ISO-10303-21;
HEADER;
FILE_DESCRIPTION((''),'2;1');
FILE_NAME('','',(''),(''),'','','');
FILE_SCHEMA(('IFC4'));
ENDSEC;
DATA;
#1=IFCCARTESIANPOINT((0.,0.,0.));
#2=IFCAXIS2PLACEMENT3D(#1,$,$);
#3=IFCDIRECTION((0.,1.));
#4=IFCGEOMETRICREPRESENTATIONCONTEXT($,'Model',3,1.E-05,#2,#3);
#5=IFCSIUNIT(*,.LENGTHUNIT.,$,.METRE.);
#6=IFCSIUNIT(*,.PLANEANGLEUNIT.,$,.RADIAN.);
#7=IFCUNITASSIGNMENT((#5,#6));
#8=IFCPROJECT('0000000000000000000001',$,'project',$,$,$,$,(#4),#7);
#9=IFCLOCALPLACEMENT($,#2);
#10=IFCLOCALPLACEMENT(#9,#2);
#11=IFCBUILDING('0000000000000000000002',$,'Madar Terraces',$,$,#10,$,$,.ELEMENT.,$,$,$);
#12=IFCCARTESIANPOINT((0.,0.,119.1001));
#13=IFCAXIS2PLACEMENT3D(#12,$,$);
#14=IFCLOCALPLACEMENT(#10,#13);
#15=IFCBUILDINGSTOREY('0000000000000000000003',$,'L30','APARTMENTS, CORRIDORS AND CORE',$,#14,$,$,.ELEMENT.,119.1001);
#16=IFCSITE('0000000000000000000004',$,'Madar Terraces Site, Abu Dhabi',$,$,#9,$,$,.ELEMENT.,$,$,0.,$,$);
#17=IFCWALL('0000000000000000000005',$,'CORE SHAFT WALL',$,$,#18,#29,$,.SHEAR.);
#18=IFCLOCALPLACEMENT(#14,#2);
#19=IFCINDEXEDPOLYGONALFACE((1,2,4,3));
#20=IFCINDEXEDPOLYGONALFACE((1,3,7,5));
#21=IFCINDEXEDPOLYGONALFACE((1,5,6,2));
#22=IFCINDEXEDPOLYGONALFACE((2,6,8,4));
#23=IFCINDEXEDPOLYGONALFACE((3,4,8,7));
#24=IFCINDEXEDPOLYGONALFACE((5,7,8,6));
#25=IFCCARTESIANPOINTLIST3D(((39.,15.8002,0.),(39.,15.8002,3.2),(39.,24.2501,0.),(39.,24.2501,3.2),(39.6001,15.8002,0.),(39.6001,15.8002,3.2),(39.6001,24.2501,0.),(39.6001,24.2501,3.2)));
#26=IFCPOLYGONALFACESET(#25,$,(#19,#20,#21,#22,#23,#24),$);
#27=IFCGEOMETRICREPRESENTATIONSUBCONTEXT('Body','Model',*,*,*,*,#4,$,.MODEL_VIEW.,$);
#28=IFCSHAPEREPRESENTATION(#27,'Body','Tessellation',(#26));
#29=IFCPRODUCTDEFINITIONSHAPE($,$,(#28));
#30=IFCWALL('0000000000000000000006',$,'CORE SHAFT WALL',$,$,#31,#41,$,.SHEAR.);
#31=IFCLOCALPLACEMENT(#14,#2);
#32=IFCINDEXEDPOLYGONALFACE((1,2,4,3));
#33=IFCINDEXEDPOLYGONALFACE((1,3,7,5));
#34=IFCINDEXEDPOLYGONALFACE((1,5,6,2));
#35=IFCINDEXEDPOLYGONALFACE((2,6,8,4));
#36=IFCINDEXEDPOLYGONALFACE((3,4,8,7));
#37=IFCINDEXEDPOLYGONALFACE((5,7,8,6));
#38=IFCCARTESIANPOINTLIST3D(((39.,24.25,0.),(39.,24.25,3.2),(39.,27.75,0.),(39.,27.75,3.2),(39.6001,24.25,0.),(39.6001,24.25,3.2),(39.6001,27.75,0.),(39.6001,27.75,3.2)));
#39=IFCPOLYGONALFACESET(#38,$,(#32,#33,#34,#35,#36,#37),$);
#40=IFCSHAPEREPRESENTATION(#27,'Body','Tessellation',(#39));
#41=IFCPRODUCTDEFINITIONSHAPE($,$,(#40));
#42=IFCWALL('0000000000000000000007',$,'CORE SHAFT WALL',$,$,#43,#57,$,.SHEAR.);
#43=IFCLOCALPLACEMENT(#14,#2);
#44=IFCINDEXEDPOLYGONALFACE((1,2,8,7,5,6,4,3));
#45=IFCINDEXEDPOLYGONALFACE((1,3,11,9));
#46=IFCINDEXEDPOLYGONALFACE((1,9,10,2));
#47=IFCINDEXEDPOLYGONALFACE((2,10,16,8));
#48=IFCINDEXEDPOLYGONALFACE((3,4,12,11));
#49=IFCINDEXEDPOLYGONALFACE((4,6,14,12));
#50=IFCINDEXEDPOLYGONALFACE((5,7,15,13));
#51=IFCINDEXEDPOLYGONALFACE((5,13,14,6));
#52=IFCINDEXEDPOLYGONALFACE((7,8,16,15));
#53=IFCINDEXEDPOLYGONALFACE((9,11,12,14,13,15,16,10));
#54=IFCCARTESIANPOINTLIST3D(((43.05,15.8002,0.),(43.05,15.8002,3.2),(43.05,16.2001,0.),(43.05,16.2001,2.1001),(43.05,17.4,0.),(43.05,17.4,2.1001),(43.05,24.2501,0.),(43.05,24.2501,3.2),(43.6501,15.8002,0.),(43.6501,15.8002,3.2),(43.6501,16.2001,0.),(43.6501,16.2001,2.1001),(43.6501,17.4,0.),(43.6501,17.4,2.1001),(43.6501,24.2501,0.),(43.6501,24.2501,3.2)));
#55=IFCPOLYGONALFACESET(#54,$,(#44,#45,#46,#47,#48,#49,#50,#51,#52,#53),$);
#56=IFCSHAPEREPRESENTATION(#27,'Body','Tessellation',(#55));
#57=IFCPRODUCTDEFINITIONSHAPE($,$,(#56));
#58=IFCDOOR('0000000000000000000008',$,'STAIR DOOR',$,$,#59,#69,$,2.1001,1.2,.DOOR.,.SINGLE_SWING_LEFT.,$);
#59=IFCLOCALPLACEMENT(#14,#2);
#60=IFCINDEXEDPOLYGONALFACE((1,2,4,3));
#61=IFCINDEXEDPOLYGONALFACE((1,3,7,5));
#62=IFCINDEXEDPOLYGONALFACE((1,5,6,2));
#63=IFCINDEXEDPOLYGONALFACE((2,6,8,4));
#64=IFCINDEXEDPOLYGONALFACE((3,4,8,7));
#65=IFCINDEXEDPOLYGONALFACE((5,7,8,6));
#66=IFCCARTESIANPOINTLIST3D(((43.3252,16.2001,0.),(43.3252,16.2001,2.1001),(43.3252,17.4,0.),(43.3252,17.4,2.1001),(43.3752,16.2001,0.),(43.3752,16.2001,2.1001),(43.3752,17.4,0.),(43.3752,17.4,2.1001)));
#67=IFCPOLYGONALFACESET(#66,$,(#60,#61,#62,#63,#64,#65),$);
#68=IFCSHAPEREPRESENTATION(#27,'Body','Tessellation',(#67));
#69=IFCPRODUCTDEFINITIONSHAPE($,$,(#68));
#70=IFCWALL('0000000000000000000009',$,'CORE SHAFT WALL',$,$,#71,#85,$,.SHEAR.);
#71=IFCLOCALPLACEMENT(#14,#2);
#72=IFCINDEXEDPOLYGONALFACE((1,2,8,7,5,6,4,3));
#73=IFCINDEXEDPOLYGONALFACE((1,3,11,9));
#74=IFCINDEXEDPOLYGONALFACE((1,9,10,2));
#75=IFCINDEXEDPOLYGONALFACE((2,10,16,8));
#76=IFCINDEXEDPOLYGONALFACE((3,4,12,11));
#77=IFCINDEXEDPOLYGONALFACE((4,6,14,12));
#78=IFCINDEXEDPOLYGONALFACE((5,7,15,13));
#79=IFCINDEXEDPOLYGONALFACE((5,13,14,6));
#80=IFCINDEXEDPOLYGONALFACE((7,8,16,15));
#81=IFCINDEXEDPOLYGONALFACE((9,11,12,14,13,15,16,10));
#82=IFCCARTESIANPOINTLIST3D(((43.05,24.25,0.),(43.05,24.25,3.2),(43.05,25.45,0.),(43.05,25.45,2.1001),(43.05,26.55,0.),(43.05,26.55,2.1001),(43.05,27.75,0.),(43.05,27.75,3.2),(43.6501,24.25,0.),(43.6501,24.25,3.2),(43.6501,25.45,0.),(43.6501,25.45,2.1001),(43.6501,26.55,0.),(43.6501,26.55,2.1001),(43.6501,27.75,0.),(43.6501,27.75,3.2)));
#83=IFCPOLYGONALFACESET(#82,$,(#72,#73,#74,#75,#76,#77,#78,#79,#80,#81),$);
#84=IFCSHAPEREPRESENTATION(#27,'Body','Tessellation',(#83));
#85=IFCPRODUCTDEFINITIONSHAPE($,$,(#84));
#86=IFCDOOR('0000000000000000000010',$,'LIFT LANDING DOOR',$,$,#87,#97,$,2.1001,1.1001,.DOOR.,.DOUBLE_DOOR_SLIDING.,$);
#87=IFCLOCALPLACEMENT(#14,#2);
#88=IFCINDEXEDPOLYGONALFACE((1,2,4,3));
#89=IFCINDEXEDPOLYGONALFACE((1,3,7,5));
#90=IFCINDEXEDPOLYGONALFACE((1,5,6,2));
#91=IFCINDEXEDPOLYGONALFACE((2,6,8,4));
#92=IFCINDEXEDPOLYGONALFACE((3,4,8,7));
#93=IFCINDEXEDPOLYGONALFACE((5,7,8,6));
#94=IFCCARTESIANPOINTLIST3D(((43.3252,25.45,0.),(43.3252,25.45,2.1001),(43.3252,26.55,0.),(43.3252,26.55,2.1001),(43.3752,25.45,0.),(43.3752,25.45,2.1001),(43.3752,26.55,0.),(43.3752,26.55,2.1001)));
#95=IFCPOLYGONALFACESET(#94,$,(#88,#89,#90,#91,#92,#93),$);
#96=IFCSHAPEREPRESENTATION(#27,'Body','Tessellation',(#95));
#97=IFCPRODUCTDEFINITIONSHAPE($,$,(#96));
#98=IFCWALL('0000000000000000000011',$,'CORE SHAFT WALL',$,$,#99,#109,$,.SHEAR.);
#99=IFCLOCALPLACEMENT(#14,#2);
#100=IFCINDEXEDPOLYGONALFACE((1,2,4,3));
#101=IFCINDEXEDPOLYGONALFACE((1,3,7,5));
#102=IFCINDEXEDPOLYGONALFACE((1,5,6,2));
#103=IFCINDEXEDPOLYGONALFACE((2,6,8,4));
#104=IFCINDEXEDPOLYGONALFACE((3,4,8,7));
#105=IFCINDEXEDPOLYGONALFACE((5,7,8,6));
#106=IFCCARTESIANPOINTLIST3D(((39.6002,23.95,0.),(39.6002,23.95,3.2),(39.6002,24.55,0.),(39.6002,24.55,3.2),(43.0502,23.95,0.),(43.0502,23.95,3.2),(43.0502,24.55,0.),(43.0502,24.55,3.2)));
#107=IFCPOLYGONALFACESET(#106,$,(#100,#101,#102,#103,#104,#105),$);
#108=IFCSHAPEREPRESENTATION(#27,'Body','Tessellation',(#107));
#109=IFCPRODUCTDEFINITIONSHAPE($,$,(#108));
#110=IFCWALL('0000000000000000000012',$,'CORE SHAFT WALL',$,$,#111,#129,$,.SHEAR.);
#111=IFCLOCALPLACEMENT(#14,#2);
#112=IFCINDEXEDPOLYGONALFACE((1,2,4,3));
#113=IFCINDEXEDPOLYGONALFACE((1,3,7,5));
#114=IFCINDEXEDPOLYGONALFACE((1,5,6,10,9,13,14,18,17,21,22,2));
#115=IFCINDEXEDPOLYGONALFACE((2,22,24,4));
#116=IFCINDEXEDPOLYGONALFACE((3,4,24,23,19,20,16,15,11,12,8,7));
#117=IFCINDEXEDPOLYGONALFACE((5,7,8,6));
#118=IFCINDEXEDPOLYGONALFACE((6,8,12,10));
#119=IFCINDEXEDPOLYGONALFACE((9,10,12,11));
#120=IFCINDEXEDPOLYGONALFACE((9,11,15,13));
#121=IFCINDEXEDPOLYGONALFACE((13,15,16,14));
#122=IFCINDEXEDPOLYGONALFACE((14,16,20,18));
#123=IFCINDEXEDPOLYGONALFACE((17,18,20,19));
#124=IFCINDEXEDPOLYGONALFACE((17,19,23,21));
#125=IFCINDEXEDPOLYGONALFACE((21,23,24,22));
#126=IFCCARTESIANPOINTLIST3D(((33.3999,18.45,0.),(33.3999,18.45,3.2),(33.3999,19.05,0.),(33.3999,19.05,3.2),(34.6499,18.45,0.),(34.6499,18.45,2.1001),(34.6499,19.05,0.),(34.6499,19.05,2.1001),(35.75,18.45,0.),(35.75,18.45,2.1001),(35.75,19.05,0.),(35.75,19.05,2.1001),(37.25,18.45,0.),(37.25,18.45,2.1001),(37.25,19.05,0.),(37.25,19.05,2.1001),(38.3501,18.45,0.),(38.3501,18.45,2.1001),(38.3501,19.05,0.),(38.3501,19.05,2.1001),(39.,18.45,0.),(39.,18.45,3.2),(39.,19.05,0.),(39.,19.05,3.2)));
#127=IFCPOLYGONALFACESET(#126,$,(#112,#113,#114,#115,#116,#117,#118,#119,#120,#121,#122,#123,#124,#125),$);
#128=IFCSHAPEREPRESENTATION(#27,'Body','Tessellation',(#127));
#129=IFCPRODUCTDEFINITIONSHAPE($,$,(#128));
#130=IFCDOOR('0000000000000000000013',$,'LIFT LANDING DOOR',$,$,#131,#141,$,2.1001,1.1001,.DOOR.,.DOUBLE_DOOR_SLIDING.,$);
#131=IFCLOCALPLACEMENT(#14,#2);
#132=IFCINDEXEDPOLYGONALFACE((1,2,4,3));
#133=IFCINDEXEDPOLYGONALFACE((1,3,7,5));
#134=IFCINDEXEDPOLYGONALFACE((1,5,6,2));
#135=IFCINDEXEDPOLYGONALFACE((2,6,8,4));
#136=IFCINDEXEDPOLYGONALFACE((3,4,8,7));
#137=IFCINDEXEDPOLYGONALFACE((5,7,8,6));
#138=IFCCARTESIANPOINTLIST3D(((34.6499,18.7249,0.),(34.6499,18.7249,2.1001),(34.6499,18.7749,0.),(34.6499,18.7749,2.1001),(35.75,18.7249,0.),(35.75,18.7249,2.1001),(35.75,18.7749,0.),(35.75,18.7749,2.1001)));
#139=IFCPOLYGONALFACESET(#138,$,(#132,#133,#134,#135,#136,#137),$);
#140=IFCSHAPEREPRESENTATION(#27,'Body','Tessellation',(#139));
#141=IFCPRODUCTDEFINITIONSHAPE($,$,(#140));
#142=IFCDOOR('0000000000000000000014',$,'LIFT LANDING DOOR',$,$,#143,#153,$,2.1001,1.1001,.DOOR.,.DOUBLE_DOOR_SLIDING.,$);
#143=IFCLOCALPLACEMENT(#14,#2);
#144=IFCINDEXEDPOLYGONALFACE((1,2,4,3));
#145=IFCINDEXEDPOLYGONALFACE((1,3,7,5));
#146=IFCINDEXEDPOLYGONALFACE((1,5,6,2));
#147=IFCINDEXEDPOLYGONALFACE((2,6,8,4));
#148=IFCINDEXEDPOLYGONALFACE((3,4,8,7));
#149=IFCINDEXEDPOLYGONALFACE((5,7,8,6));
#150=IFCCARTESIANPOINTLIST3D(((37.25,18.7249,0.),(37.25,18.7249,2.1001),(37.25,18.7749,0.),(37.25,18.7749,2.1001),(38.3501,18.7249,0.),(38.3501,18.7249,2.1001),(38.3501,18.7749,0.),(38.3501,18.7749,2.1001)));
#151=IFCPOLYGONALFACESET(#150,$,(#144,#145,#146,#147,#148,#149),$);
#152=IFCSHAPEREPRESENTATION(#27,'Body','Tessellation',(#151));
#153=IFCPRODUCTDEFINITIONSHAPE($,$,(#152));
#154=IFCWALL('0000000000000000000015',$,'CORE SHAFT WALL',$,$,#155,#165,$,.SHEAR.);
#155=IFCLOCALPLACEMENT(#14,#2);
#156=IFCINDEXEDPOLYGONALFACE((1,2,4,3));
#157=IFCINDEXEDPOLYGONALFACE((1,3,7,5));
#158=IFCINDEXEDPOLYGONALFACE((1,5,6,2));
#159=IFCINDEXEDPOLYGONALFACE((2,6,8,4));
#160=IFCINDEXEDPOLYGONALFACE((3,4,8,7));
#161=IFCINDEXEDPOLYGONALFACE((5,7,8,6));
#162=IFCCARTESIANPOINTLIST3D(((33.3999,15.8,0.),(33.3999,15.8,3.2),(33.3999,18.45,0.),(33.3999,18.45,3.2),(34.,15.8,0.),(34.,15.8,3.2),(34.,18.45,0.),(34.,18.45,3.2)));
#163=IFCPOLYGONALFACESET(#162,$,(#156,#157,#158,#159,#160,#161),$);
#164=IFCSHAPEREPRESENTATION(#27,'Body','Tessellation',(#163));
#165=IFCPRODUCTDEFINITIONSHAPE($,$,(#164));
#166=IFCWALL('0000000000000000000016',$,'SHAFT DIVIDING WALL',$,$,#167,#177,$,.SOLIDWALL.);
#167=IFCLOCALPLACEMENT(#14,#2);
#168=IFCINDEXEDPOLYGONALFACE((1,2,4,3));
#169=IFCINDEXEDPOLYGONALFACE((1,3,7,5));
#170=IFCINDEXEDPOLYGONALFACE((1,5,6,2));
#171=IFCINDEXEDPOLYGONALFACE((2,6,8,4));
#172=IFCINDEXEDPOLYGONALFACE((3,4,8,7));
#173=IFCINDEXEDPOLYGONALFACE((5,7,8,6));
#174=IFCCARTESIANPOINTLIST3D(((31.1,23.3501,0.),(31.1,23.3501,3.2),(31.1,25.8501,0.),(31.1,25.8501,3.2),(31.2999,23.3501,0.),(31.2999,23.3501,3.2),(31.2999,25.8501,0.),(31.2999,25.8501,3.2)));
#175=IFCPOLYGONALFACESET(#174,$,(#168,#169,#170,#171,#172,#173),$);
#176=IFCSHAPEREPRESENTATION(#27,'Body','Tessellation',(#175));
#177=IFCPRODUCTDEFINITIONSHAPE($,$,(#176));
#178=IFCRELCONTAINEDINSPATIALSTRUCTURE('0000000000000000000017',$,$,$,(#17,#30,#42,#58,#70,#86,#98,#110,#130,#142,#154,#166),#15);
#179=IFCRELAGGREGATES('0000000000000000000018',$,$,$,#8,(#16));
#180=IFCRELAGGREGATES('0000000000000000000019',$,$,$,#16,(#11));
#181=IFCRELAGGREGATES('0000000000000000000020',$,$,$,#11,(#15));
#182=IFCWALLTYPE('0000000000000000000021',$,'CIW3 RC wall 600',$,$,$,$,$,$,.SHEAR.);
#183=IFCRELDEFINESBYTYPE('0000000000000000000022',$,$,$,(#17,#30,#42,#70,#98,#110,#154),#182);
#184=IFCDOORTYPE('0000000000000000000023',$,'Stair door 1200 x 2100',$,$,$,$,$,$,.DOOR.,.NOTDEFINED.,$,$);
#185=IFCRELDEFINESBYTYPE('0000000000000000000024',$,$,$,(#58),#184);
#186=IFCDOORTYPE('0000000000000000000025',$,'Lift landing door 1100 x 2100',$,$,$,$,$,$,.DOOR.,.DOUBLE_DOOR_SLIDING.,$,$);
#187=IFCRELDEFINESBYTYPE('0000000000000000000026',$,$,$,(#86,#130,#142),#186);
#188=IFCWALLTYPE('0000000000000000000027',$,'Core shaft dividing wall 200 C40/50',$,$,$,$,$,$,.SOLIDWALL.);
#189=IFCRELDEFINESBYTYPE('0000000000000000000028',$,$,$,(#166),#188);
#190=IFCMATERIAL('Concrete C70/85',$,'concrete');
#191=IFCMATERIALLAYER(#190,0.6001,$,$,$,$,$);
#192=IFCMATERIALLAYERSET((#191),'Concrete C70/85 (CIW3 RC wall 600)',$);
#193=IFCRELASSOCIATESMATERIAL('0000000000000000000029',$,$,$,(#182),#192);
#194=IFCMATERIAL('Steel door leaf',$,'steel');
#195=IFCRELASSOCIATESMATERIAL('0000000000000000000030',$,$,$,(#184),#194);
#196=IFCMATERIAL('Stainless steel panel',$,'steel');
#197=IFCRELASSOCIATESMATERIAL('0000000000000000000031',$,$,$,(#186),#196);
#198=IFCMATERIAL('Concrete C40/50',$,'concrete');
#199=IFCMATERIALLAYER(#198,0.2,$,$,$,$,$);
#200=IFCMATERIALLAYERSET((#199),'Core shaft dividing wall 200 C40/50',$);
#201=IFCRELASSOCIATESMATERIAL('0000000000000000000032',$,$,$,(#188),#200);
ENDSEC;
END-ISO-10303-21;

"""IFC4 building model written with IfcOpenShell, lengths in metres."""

from ifc_helpers import new_model, si_unit, direction, frame, frame_2d, origin, place, context, subcontext, project, spatial, rectangle, extrude, material, layer, layer_set, type_object, element, fill, save


model = new_model("IFC4")

# Units and contexts
model_context = context("Model", 3, precision=1e-05, world=origin(), true_north=direction((0.0, 1.0)))
body_context = subcontext(model_context, "Body", "Model", "MODEL_VIEW")
ifc_project = project(units=[si_unit("LENGTHUNIT", "METRE"), si_unit("PLANEANGLEUNIT", "RADIAN")], contexts=[model_context])

# Site, building, storey
site_placement = place(None, origin())
site = spatial("IfcSite", under=ifc_project, at=site_placement, Name="Madar Terraces Site, Abu Dhabi", CompositionType="ELEMENT", RefElevation=0.0)
building_placement = place(site_placement, origin())
building = spatial("IfcBuilding", under=site, at=building_placement, Name="Madar Terraces", CompositionType="ELEMENT")
storey_placement = place(building_placement, frame((0.0, 0.0, 119.1001)))
storey = spatial("IfcBuildingStorey", under=building, at=storey_placement, Name="L30", Description="APARTMENTS, CORRIDORS AND CORE", CompositionType="ELEMENT", Elevation=119.1001)

# Walls
ifc_material_1 = material(Name="Concrete C70/85", Category="concrete")
ifc_layer_1 = layer(ifc_material_1, 0.6001)
ifc_layer_set_1 = layer_set([ifc_layer_1], Name="Concrete C70/85 (CIW3 RC wall 600)")
wall_type_1 = type_object("IfcWallType", Name="CIW3 RC wall 600", PredefinedType="SHEAR", material=ifc_layer_set_1)
wall_1_placement = place(storey_placement, frame((39.3, 15.8, 0.0), z_axis=(0.0, 0.0, 1.0), x_axis=(0.0, 1.0, 0.0)))
element("IfcWall", 1, at=wall_1_placement, inside=storey, type_object=wall_type_1, Name="CORE SHAFT WALL", PredefinedType="SHEAR", context=body_context, shape_type="SweptSolid", body=[
    extrude(rectangle(XDim=8.45, YDim=0.6001, at=frame_2d((4.2251, 0.0))), origin(), (0.0, 0.0, 1.0), 3.2),
])
wall_2_placement = place(storey_placement, frame((39.3, 24.25, 0.0), z_axis=(0.0, 0.0, 1.0), x_axis=(0.0, 1.0, 0.0)))
element("IfcWall", 2, at=wall_2_placement, inside=storey, type_object=wall_type_1, Name="CORE SHAFT WALL", PredefinedType="SHEAR", context=body_context, shape_type="SweptSolid", body=[
    extrude(rectangle(XDim=3.5, YDim=0.6001, at=frame_2d((1.75, 0.0))), origin(), (0.0, 0.0, 1.0), 3.2),
])

# Walls, openings, doors
wall_3_placement = place(storey_placement, frame((43.3501, 15.8, 0.0), z_axis=(0.0, 0.0, 1.0), x_axis=(0.0, 1.0, 0.0)))
wall_3 = element("IfcWall", 3, at=wall_3_placement, inside=storey, type_object=wall_type_1, Name="CORE SHAFT WALL", PredefinedType="SHEAR", context=body_context, shape_type="SweptSolid", body=[
    extrude(rectangle(XDim=8.45, YDim=0.6001, at=frame_2d((4.2251, 0.0))), origin(), (0.0, 0.0, 1.0), 3.2),
])
opening_1_placement = place(wall_3_placement, frame((0.3999, 0.0, 0.0)))
opening_1 = element("IfcOpeningElement", 4, at=opening_1_placement, cuts=wall_3, PredefinedType="OPENING", context=body_context, shape_type="SweptSolid", body=[
    extrude(rectangle(XDim=1.2, YDim=2.1001, at=frame_2d((0.6001, 1.05))), frame((0.0, 0.3101, 0.0), z_axis=(0.0, -1.0, 0.0), x_axis=(1.0, 0.0, 0.0)), (0.0, 0.0, 1.0), 0.6201),
])
ifc_material_2 = material(Name="Steel door leaf", Category="steel")
door_type_1 = type_object("IfcDoorType", Name="Stair door 1200 x 2100", OperationType="NOTDEFINED", PredefinedType="DOOR", material=ifc_material_2)
door_1_placement = place(opening_1_placement, origin())
door_1 = element("IfcDoor", 5, at=door_1_placement, inside=storey, type_object=door_type_1, Name="STAIR DOOR", OperationType="SINGLE_SWING_LEFT", OverallHeight=2.1001, OverallWidth=1.2, PredefinedType="DOOR", context=body_context, shape_type="SweptSolid", body=[
    extrude(rectangle(XDim=1.2, YDim=2.1001, at=frame_2d((0.6001, 1.05))), frame((0.0, 0.0249, 0.0), z_axis=(0.0, -1.0, 0.0), x_axis=(1.0, 0.0, 0.0)), (0.0, 0.0, 1.0), 0.05),
])
fill(opening_1, door_1)
wall_4_placement = place(storey_placement, frame((43.3501, 24.25, 0.0), z_axis=(0.0, 0.0, 1.0), x_axis=(0.0, 1.0, 0.0)))
wall_4 = element("IfcWall", 6, at=wall_4_placement, inside=storey, type_object=wall_type_1, Name="CORE SHAFT WALL", PredefinedType="SHEAR", context=body_context, shape_type="SweptSolid", body=[
    extrude(rectangle(XDim=3.5, YDim=0.6001, at=frame_2d((1.75, 0.0))), origin(), (0.0, 0.0, 1.0), 3.2),
])
opening_2_placement = place(wall_4_placement, frame((1.2, 0.0, 0.0)))
opening_2 = element("IfcOpeningElement", 7, at=opening_2_placement, cuts=wall_4, PredefinedType="OPENING", context=body_context, shape_type="SweptSolid", body=[
    extrude(rectangle(XDim=1.1001, YDim=2.1001, at=frame_2d((0.55, 1.05))), frame((0.0, 0.3101, 0.0), z_axis=(0.0, -1.0, 0.0), x_axis=(1.0, 0.0, 0.0)), (0.0, 0.0, 1.0), 0.6201),
])
ifc_material_3 = material(Name="Stainless steel panel", Category="steel")
door_type_2 = type_object("IfcDoorType", Name="Lift landing door 1100 x 2100", OperationType="DOUBLE_DOOR_SLIDING", PredefinedType="DOOR", material=ifc_material_3)
door_2_placement = place(opening_2_placement, origin())
door_2 = element("IfcDoor", 8, at=door_2_placement, inside=storey, type_object=door_type_2, Name="LIFT LANDING DOOR", OperationType="DOUBLE_DOOR_SLIDING", OverallHeight=2.1001, OverallWidth=1.1001, PredefinedType="DOOR", context=body_context, shape_type="SweptSolid", body=[
    extrude(rectangle(XDim=1.1001, YDim=2.1001, at=frame_2d((0.55, 1.05))), frame((0.0, 0.0249, 0.0), z_axis=(0.0, -1.0, 0.0), x_axis=(1.0, 0.0, 0.0)), (0.0, 0.0, 1.0), 0.05),
])
fill(opening_2, door_2)

# Wall
wall_5_placement = place(storey_placement, frame((39.6001, 24.25, 0.0), z_axis=(0.0, 0.0, 1.0), x_axis=(1.0, 0.0, 0.0)))
element("IfcWall", 9, at=wall_5_placement, inside=storey, type_object=wall_type_1, Name="CORE SHAFT WALL", PredefinedType="SHEAR", context=body_context, shape_type="SweptSolid", body=[
    extrude(rectangle(XDim=3.45, YDim=0.6001, at=frame_2d((1.7251, 0.0))), origin(), (0.0, 0.0, 1.0), 3.2),
])

# Wall, openings, doors
wall_6_placement = place(storey_placement, frame((33.3999, 18.75, 0.0), z_axis=(0.0, 0.0, 1.0), x_axis=(1.0, 0.0, 0.0)))
wall_6 = element("IfcWall", 10, at=wall_6_placement, inside=storey, type_object=wall_type_1, Name="CORE SHAFT WALL", PredefinedType="SHEAR", context=body_context, shape_type="SweptSolid", body=[
    extrude(rectangle(XDim=5.6001, YDim=0.6001, at=frame_2d((2.8, 0.0))), origin(), (0.0, 0.0, 1.0), 3.2),
])
opening_3_placement = place(wall_6_placement, frame((1.25, 0.0, 0.0)))
opening_3 = element("IfcOpeningElement", 11, at=opening_3_placement, cuts=wall_6, PredefinedType="OPENING", context=body_context, shape_type="SweptSolid", body=[
    extrude(rectangle(XDim=1.1001, YDim=2.1001, at=frame_2d((0.55, 1.05))), frame((0.0, 0.3101, 0.0), z_axis=(0.0, -1.0, 0.0), x_axis=(1.0, 0.0, 0.0)), (0.0, 0.0, 1.0), 0.6201),
])
opening_4_placement = place(wall_6_placement, frame((3.8501, 0.0, 0.0)))
opening_4 = element("IfcOpeningElement", 12, at=opening_4_placement, cuts=wall_6, PredefinedType="OPENING", context=body_context, shape_type="SweptSolid", body=[
    extrude(rectangle(XDim=1.1001, YDim=2.1001, at=frame_2d((0.55, 1.05))), frame((0.0, 0.3101, 0.0), z_axis=(0.0, -1.0, 0.0), x_axis=(1.0, 0.0, 0.0)), (0.0, 0.0, 1.0), 0.6201),
])
door_3_placement = place(opening_3_placement, origin())
door_3 = element("IfcDoor", 13, at=door_3_placement, inside=storey, type_object=door_type_2, Name="LIFT LANDING DOOR", OperationType="DOUBLE_DOOR_SLIDING", OverallHeight=2.1001, OverallWidth=1.1001, PredefinedType="DOOR", context=body_context, shape_type="SweptSolid", body=[
    extrude(rectangle(XDim=1.1001, YDim=2.1001, at=frame_2d((0.55, 1.05))), frame((0.0, 0.0249, 0.0), z_axis=(0.0, -1.0, 0.0), x_axis=(1.0, 0.0, 0.0)), (0.0, 0.0, 1.0), 0.05),
])
fill(opening_3, door_3)
door_4_placement = place(opening_4_placement, origin())
door_4 = element("IfcDoor", 14, at=door_4_placement, inside=storey, type_object=door_type_2, Name="LIFT LANDING DOOR", OperationType="DOUBLE_DOOR_SLIDING", OverallHeight=2.1001, OverallWidth=1.1001, PredefinedType="DOOR", context=body_context, shape_type="SweptSolid", body=[
    extrude(rectangle(XDim=1.1001, YDim=2.1001, at=frame_2d((0.55, 1.05))), frame((0.0, 0.0249, 0.0), z_axis=(0.0, -1.0, 0.0), x_axis=(1.0, 0.0, 0.0)), (0.0, 0.0, 1.0), 0.05),
])
fill(opening_4, door_4)

# Walls
wall_7_placement = place(storey_placement, frame((33.7, 15.8, 0.0), z_axis=(0.0, 0.0, 1.0), x_axis=(0.0, 1.0, 0.0)))
element("IfcWall", 15, at=wall_7_placement, inside=storey, type_object=wall_type_1, Name="CORE SHAFT WALL", PredefinedType="SHEAR", context=body_context, shape_type="SweptSolid", body=[
    extrude(rectangle(XDim=2.6499, YDim=0.6001, at=frame_2d((1.325, 0.0))), origin(), (0.0, 0.0, 1.0), 3.2),
])
ifc_material_4 = material(Name="Concrete C40/50", Category="concrete")
ifc_layer_2 = layer(ifc_material_4, 0.2)
ifc_layer_set_2 = layer_set([ifc_layer_2], Name="Core shaft dividing wall 200 C40/50")
wall_type_2 = type_object("IfcWallType", Name="Core shaft dividing wall 200 C40/50", PredefinedType="SOLIDWALL", material=ifc_layer_set_2)
for number, where, z_axis, x_axis, name in (
    (16, (31.2, 23.3501, 0.0), (0.0, 0.0, 1.0), (0.0, 1.0, 0.0), "SHAFT DIVIDING WALL"),
):
    element("IfcWall", number, at=place(storey_placement, frame(where, z_axis=z_axis, x_axis=x_axis)), inside=storey, type_object=wall_type_2, Name=name, PredefinedType="SOLIDWALL", context=body_context, shape_type="SweptSolid", body=[
        extrude(rectangle(XDim=2.5, YDim=0.2, at=frame_2d((1.25, 0.0))), origin(), (0.0, 0.0, 1.0), 3.2),
    ])

save(model, "model.ifc")
